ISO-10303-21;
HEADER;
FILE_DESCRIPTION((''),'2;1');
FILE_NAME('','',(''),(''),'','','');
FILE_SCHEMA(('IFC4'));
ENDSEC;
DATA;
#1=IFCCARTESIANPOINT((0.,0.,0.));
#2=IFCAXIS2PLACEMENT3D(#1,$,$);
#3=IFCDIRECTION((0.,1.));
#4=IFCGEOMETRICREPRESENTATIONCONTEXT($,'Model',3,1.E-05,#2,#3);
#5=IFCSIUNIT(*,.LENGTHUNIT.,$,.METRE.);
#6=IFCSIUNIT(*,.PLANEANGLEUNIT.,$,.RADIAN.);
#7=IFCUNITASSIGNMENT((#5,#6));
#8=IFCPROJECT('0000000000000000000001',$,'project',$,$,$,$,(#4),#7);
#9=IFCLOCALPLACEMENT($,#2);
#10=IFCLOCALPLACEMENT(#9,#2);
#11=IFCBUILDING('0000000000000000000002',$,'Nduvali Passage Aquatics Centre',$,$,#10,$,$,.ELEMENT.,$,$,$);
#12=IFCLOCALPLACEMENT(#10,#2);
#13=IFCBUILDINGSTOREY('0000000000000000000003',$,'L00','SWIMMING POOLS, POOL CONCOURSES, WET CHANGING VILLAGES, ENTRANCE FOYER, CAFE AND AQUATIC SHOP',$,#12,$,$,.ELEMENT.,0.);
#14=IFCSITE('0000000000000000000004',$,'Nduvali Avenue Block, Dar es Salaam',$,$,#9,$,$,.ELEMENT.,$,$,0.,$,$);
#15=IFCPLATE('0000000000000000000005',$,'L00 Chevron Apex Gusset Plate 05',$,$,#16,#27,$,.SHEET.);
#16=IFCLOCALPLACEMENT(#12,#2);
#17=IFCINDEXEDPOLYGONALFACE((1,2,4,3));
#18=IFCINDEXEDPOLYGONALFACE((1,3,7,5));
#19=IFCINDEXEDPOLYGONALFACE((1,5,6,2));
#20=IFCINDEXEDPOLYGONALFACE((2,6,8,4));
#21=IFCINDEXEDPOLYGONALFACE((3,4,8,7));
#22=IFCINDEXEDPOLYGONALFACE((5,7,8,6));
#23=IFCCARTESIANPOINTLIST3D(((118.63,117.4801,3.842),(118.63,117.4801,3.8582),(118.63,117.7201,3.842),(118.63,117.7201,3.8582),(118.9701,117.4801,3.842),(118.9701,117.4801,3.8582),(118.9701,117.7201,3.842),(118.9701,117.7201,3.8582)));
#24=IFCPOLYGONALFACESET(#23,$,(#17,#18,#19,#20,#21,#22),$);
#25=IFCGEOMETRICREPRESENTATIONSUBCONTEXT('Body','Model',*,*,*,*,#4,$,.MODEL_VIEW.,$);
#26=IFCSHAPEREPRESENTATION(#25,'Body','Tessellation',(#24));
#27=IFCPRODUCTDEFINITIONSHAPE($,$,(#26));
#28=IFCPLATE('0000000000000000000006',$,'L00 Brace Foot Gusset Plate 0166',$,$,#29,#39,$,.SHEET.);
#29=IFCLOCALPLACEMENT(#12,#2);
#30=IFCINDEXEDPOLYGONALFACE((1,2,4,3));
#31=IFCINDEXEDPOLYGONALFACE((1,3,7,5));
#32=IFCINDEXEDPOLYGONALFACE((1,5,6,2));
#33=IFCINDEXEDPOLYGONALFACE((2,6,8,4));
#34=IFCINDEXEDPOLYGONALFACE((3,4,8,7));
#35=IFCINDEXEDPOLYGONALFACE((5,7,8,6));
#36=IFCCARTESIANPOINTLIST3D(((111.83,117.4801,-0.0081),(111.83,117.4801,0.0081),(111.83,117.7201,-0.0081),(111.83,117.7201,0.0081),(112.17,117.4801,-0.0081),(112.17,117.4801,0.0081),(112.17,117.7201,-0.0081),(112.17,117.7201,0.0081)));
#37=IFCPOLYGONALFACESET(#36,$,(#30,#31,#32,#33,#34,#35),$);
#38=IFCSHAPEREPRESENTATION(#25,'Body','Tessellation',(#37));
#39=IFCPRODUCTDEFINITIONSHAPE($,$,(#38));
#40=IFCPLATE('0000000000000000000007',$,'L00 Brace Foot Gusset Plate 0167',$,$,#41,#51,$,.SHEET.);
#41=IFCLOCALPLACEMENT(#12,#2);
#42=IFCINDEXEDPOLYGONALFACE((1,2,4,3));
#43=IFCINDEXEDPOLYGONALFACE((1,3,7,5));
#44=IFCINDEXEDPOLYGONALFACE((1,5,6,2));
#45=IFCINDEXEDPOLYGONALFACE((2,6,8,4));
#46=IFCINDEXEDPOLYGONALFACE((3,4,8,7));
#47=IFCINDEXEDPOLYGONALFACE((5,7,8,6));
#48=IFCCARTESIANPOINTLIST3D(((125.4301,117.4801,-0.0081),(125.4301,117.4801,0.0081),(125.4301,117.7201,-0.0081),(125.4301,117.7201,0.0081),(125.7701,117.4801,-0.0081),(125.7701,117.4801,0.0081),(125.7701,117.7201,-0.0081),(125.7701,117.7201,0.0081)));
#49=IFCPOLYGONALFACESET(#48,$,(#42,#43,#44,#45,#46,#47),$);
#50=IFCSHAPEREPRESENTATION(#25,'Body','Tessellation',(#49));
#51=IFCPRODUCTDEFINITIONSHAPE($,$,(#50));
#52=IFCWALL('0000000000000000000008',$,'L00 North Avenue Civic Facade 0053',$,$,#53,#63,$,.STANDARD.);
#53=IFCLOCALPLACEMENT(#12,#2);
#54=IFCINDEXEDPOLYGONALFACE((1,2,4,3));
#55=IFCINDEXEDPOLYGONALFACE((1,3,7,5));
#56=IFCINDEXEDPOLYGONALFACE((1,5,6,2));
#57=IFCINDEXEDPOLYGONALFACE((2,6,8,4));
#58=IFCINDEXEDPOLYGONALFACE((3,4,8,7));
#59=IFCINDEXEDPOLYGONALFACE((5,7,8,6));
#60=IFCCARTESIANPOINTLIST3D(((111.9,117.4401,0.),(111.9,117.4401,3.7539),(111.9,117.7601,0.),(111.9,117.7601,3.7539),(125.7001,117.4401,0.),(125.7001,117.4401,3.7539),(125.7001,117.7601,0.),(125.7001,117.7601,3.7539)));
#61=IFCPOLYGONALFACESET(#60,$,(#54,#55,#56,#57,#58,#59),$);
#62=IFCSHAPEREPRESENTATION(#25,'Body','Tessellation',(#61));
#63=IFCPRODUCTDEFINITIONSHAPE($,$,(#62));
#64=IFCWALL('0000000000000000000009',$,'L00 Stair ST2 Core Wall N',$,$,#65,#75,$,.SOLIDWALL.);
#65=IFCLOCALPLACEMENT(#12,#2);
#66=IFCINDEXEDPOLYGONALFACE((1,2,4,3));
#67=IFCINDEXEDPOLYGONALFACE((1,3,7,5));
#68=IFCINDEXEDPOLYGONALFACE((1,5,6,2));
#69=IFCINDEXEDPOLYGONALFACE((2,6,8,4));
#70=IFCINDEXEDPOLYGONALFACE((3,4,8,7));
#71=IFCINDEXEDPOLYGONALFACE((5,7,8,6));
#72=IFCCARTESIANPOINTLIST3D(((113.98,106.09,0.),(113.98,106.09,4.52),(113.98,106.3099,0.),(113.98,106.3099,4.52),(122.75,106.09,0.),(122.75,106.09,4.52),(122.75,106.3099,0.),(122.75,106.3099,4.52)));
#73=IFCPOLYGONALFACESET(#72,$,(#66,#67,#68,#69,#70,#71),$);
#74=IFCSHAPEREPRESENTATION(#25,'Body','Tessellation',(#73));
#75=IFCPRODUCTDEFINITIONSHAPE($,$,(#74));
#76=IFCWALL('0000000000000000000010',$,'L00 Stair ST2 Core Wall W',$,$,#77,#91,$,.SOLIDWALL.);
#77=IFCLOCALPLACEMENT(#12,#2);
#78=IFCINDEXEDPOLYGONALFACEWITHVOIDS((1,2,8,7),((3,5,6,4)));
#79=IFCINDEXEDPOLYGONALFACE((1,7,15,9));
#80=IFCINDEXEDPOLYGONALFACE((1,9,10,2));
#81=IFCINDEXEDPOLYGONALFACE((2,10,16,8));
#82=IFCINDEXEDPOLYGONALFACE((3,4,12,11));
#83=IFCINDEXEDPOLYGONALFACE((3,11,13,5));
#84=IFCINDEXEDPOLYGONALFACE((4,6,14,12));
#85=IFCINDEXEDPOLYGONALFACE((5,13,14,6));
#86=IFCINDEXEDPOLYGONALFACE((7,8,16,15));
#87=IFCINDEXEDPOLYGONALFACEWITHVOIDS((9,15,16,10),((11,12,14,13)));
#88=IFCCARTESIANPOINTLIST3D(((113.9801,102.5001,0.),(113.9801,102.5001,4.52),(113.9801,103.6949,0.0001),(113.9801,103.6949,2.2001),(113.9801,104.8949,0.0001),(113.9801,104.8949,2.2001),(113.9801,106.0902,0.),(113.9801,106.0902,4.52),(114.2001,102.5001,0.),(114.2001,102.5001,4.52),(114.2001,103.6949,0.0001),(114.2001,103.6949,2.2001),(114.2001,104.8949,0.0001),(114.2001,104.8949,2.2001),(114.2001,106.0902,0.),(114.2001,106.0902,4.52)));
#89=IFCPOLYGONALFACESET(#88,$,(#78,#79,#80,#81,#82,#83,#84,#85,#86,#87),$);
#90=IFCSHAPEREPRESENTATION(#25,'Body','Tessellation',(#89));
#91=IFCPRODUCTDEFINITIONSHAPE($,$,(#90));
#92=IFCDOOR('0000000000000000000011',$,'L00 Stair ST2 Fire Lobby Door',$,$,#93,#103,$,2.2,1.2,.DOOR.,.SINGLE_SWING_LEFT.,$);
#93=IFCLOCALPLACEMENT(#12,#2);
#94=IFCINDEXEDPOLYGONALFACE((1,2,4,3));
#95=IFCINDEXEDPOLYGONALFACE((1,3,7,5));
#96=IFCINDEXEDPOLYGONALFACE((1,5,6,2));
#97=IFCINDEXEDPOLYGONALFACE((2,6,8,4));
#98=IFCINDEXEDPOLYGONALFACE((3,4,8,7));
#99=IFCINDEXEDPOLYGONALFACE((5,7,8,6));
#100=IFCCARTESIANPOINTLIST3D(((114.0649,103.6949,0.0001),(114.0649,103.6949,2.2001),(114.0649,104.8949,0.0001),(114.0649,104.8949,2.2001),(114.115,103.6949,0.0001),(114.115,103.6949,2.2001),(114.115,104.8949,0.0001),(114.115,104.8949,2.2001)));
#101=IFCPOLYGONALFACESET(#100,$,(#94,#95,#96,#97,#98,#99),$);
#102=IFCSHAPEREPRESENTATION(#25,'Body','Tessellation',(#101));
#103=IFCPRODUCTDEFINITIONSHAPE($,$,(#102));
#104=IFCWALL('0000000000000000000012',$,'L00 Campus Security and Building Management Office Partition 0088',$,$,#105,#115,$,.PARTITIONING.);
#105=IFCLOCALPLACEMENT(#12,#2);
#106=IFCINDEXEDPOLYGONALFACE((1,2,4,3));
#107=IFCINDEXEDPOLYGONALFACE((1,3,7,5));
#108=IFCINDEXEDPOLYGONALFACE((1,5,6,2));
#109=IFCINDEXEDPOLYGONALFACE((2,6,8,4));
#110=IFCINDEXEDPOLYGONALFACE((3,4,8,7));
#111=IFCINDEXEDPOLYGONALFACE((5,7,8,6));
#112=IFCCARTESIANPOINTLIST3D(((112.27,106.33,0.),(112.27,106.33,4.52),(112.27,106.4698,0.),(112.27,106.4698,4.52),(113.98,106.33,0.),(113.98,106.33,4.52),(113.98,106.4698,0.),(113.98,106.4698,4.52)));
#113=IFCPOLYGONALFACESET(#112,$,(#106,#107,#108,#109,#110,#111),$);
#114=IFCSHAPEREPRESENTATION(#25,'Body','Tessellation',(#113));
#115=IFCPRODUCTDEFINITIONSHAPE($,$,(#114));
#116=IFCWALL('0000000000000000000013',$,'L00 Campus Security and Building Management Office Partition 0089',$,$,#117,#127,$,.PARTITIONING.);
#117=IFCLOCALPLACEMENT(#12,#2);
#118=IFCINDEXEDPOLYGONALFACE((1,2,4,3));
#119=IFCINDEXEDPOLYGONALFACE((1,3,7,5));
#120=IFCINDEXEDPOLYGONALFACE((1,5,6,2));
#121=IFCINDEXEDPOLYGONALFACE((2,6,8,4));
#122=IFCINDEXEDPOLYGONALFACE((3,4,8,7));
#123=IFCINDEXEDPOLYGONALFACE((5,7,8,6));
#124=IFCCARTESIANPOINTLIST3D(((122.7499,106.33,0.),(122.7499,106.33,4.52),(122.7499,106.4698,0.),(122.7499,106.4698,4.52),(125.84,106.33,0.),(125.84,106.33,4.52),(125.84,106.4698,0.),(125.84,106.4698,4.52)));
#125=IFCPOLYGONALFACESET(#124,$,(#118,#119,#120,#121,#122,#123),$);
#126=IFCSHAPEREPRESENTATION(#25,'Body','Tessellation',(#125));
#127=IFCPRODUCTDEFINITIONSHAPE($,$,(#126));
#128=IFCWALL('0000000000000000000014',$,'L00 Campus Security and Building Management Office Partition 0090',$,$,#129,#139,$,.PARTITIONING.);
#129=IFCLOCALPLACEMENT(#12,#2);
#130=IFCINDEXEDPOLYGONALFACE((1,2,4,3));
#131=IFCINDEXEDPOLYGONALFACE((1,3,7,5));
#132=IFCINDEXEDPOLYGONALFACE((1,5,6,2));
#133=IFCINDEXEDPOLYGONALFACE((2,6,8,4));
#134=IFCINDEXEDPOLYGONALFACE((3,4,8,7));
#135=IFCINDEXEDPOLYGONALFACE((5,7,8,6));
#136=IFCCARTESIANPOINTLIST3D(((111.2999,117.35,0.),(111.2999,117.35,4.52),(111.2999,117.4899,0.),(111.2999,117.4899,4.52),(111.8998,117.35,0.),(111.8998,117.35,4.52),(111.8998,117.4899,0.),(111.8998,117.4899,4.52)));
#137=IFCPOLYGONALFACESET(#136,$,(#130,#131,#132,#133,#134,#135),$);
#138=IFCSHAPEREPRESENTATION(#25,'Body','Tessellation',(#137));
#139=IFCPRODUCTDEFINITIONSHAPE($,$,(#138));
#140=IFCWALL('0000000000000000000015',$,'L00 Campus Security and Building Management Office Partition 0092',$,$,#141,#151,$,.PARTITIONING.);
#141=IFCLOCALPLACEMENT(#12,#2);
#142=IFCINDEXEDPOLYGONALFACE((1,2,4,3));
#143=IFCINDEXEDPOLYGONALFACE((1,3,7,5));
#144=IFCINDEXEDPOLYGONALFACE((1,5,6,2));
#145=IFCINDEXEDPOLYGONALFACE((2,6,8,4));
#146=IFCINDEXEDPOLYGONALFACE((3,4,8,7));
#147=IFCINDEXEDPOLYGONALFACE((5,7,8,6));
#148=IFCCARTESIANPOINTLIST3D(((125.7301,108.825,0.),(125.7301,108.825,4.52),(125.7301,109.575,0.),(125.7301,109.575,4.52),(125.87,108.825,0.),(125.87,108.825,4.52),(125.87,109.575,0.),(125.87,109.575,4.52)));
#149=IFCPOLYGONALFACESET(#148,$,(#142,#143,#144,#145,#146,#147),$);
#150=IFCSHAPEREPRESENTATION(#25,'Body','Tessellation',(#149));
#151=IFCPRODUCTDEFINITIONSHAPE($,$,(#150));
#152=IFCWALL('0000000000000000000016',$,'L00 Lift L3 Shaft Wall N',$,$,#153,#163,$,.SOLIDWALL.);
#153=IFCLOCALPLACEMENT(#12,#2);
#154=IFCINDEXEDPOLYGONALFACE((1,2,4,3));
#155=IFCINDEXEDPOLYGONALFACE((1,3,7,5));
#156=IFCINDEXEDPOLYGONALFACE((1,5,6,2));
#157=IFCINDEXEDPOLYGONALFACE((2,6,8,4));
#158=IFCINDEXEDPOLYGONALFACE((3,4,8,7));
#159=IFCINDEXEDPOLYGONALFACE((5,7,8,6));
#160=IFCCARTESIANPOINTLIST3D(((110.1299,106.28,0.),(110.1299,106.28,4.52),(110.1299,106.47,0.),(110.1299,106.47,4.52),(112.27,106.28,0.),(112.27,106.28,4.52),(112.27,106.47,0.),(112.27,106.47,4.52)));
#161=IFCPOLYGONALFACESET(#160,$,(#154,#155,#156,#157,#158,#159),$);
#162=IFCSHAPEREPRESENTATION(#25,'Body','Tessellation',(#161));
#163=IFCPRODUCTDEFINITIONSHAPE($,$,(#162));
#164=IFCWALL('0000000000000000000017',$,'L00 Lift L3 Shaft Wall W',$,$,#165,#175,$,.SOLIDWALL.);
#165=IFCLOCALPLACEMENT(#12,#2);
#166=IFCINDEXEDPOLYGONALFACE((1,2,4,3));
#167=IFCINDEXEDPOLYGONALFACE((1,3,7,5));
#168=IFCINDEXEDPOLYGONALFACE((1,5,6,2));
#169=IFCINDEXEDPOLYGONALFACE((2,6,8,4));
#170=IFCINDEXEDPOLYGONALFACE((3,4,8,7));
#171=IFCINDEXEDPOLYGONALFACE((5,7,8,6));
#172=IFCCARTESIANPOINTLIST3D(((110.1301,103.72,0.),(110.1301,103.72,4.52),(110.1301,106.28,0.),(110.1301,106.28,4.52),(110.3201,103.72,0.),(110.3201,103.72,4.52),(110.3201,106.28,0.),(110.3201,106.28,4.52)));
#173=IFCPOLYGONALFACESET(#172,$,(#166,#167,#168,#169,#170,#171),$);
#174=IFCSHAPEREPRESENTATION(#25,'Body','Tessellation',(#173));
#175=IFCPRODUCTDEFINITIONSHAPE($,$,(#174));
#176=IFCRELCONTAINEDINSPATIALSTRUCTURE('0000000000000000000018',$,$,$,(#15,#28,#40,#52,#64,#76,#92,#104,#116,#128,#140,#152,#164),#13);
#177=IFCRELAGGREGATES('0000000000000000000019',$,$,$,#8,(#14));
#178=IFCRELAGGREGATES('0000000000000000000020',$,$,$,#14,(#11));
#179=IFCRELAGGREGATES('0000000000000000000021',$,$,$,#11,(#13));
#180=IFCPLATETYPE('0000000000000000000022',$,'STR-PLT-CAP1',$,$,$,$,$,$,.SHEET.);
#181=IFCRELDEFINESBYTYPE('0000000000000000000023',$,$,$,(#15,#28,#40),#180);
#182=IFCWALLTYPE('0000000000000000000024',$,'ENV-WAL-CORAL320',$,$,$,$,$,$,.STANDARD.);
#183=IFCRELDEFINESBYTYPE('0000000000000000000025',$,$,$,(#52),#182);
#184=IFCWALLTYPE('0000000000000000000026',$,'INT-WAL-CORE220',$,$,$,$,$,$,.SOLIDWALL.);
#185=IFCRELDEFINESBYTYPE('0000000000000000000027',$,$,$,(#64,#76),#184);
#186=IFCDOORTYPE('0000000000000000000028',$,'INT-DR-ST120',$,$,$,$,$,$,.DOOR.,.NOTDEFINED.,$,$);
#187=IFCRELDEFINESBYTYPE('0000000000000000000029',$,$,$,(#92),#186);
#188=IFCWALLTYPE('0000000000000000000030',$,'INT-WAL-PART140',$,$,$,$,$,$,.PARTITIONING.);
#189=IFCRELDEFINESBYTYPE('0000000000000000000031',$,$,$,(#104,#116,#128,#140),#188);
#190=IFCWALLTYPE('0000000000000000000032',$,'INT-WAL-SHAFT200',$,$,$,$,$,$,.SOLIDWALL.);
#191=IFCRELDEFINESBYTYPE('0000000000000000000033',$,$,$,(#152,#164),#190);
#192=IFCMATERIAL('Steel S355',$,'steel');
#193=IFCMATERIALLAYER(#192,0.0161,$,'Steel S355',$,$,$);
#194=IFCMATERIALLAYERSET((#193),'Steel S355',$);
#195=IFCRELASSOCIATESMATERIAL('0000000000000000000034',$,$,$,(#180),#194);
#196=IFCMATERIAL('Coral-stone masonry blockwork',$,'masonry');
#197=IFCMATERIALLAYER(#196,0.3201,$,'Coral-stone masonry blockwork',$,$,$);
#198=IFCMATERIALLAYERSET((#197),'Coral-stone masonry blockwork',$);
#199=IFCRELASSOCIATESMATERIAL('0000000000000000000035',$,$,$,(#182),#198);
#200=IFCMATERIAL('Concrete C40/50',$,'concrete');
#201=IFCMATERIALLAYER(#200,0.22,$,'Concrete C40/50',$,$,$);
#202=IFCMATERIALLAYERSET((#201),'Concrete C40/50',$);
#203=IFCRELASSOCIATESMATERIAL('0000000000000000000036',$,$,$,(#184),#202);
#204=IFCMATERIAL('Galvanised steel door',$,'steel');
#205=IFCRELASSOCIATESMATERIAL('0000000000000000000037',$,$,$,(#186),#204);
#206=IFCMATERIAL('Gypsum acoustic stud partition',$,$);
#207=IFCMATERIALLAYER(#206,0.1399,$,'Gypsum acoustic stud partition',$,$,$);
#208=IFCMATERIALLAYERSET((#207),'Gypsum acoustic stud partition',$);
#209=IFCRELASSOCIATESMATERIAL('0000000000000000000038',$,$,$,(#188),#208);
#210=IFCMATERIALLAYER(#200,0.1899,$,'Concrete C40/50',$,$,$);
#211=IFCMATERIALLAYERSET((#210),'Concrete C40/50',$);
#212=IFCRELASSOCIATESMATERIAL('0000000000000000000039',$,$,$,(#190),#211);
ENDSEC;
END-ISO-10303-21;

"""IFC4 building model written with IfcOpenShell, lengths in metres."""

from ifc_helpers import new_model, si_unit, direction, frame, frame_2d, origin, origin_2d, place, context, subcontext, project, spatial, rectangle, extrude, material, layer, layer_set, type_object, element, fill, save


model = new_model("IFC4")

# Units and contexts
model_context = context("Model", 3, precision=1e-05, world=origin(), true_north=direction((0.0, 1.0)))
body_context = subcontext(model_context, "Body", "Model", "MODEL_VIEW")
ifc_project = project(units=[si_unit("LENGTHUNIT", "METRE"), si_unit("PLANEANGLEUNIT", "RADIAN")], contexts=[model_context])

# Site, building, storey
site_placement = place(None, origin())
site = spatial("IfcSite", under=ifc_project, at=site_placement, Name="Nduvali Avenue Block, Dar es Salaam", CompositionType="ELEMENT", RefElevation=0.0)
building_placement = place(site_placement, origin())
building = spatial("IfcBuilding", under=site, at=building_placement, Name="Nduvali Passage Aquatics Centre", CompositionType="ELEMENT")
storey_placement = place(building_placement, origin())
storey = spatial("IfcBuildingStorey", under=building, at=storey_placement, Name="L00", Description="SWIMMING POOLS, POOL CONCOURSES, WET CHANGING VILLAGES, ENTRANCE FOYER, CAFE AND AQUATIC SHOP", CompositionType="ELEMENT", Elevation=0.0)

# Shared definitions
ifc_material_1 = material(Name="Concrete C40/50", Category="concrete")

# Shared definitions
ifc_material_2 = material(Name="Steel S355", Category="steel")

# Plates
ifc_layer_1 = layer(ifc_material_2, 0.0161, Name="Steel S355")
ifc_layer_set_1 = layer_set([ifc_layer_1], Name="Steel S355")
plate_type = type_object("IfcPlateType", Name="STR-PLT-CAP1", PredefinedType="SHEET", material=ifc_layer_set_1)
for number, where, z_axis, x_axis, name in (
    (1, (118.8, 117.6001, 3.842), (0.0, 0.0, 1.0), (1.0, 0.0, 0.0), "L00 Chevron Apex Gusset Plate 05"),
    (2, (112.0, 117.6001, -0.0081), (0.0, 0.0, 1.0), (1.0, 0.0, 0.0), "L00 Brace Foot Gusset Plate 0166"),
    (3, (125.6001, 117.6001, -0.0081), (0.0, 0.0, 1.0), (1.0, 0.0, 0.0), "L00 Brace Foot Gusset Plate 0167"),
):
    element("IfcPlate", number, at=place(storey_placement, frame(where, z_axis=z_axis, x_axis=x_axis)), inside=storey, type_object=plate_type, Name=name, PredefinedType="SHEET", context=body_context, shape_type="SweptSolid", body=[
        extrude(rectangle(XDim=0.3401, YDim=0.24, at=origin_2d()), origin(), (0.0, 0.0, 1.0), 0.0161),
    ])

# Shared definitions
ifc_material_3 = material(Name="Coral-stone masonry blockwork", Category="masonry")
ifc_layer_2 = layer(ifc_material_3, 0.3201, Name="Coral-stone masonry blockwork")
ifc_layer_set_2 = layer_set([ifc_layer_2], Name="Coral-stone masonry blockwork")
wall_type_1 = type_object("IfcWallType", Name="ENV-WAL-CORAL320", PredefinedType="STANDARD", material=ifc_layer_set_2)

# Wall
wall_1_placement = place(storey_placement, frame((125.7, 117.6001, 0.0), z_axis=(0.0, 0.0, 1.0), x_axis=(-1.0, 0.0, 0.0)))
element("IfcWall", 4, at=wall_1_placement, inside=storey, type_object=wall_type_1, Name="L00 North Avenue Civic Facade 0053", PredefinedType="STANDARD", context=body_context, shape_type="SweptSolid", body=[
    extrude(rectangle(XDim=13.8, YDim=0.3201, at=frame_2d((6.8999, 0.0))), origin(), (0.0, 0.0, 1.0), 3.7539),
])

# Wall
ifc_layer_3 = layer(ifc_material_1, 0.22, Name="Concrete C40/50")
ifc_layer_set_3 = layer_set([ifc_layer_3], Name="Concrete C40/50")
wall_type_2 = type_object("IfcWallType", Name="INT-WAL-CORE220", PredefinedType="SOLIDWALL", material=ifc_layer_set_3)
wall_2_placement = place(storey_placement, frame((122.75, 106.2, 0.0), z_axis=(0.0, 0.0, 1.0), x_axis=(-1.0, 0.0, 0.0)))
element("IfcWall", 5, at=wall_2_placement, inside=storey, type_object=wall_type_2, Name="L00 Stair ST2 Core Wall N", PredefinedType="SOLIDWALL", context=body_context, shape_type="SweptSolid", body=[
    extrude(rectangle(XDim=8.77, YDim=0.22, at=frame_2d((4.385, 0.0))), origin(), (0.0, 0.0, 1.0), 4.52),
])

# Wall, opening, door
wall_3_placement = place(storey_placement, frame((114.0901, 106.0901, 0.0), z_axis=(0.0, 0.0, 1.0), x_axis=(0.0, -1.0, 0.0)))
wall_3 = element("IfcWall", 6, at=wall_3_placement, inside=storey, type_object=wall_type_2, Name="L00 Stair ST2 Core Wall W", PredefinedType="SOLIDWALL", context=body_context, shape_type="SweptSolid", body=[
    extrude(rectangle(XDim=3.5901, YDim=0.22, at=frame_2d((1.7949, 0.0))), origin(), (0.0, 0.0, 1.0), 4.52),
])
opening_1_placement = place(wall_3_placement, frame((1.1951, 0.0, 0.0)))
opening_1 = element("IfcOpeningElement", 7, at=opening_1_placement, cuts=wall_3, PredefinedType="OPENING", context=body_context, shape_type="SweptSolid", body=[
    extrude(rectangle(XDim=1.2, YDim=2.2, at=frame_2d((0.6001, 1.1001))), frame((0.0, 0.125, 0.0), z_axis=(0.0, -1.0, 0.0), x_axis=(1.0, 0.0, 0.0)), (0.0, 0.0, 1.0), 0.2498),
])
ifc_material_4 = material(Name="Galvanised steel door", Category="steel")
door_type_1 = type_object("IfcDoorType", Name="INT-DR-ST120", OperationType="NOTDEFINED", PredefinedType="DOOR", material=ifc_material_4)
door_1_placement = place(opening_1_placement, origin())
door_1 = element("IfcDoor", 8, at=door_1_placement, inside=storey, type_object=door_type_1, Name="L00 Stair ST2 Fire Lobby Door", OperationType="SINGLE_SWING_LEFT", OverallHeight=2.2, OverallWidth=1.2, PredefinedType="DOOR", context=body_context, shape_type="SweptSolid", body=[
    extrude(rectangle(XDim=1.2, YDim=2.2, at=frame_2d((0.6001, 1.1001))), frame((0.0, 0.0249, 0.0), z_axis=(0.0, -1.0, 0.0), x_axis=(1.0, 0.0, 0.0)), (0.0, 0.0, 1.0), 0.05),
])
fill(opening_1, door_1)

# Walls
ifc_material_5 = material(Name="Gypsum acoustic stud partition")
ifc_layer_4 = layer(ifc_material_5, 0.1399, Name="Gypsum acoustic stud partition")
ifc_layer_set_4 = layer_set([ifc_layer_4], Name="Gypsum acoustic stud partition")
wall_type_3 = type_object("IfcWallType", Name="INT-WAL-PART140", PredefinedType="PARTITIONING", material=ifc_layer_set_4)
wall_4_placement = place(storey_placement, frame((112.27, 106.3999, 0.0), z_axis=(0.0, 0.0, 1.0), x_axis=(1.0, 0.0, 0.0)))
element("IfcWall", 9, at=wall_4_placement, inside=storey, type_object=wall_type_3, Name="L00 Campus Security and Building Management Office Partition 0088", PredefinedType="PARTITIONING", context=body_context, shape_type="SweptSolid", body=[
    extrude(rectangle(XDim=1.71, YDim=0.1399, at=frame_2d((0.855, 0.0))), origin(), (0.0, 0.0, 1.0), 4.52),
])
wall_5_placement = place(storey_placement, frame((122.75, 106.3999, 0.0), z_axis=(0.0, 0.0, 1.0), x_axis=(1.0, 0.0, 0.0)))
element("IfcWall", 10, at=wall_5_placement, inside=storey, type_object=wall_type_3, Name="L00 Campus Security and Building Management Office Partition 0089", PredefinedType="PARTITIONING", context=body_context, shape_type="SweptSolid", body=[
    extrude(rectangle(XDim=3.0901, YDim=0.1399, at=frame_2d((1.5449, 0.0))), origin(), (0.0, 0.0, 1.0), 4.52),
])
wall_6_placement = place(storey_placement, frame((111.3, 117.4199, 0.0), z_axis=(0.0, 0.0, 1.0), x_axis=(1.0, 0.0, 0.0)))
element("IfcWall", 11, at=wall_6_placement, inside=storey, type_object=wall_type_3, Name="L00 Campus Security and Building Management Office Partition 0090", PredefinedType="PARTITIONING", context=body_context, shape_type="SweptSolid", body=[
    extrude(rectangle(XDim=0.5999, YDim=0.1399, at=frame_2d((0.2998, 0.0))), origin(), (0.0, 0.0, 1.0), 4.52),
])
wall_7_placement = place(storey_placement, frame((125.8, 108.825, 0.0), z_axis=(0.0, 0.0, 1.0), x_axis=(0.0, 1.0, 0.0)))
element("IfcWall", 12, at=wall_7_placement, inside=storey, type_object=wall_type_3, Name="L00 Campus Security and Building Management Office Partition 0092", PredefinedType="PARTITIONING", context=body_context, shape_type="SweptSolid", body=[
    extrude(rectangle(XDim=0.75, YDim=0.1399, at=frame_2d((0.375, 0.0))), origin(), (0.0, 0.0, 1.0), 4.52),
])
ifc_layer_5 = layer(ifc_material_1, 0.1899, Name="Concrete C40/50")
ifc_layer_set_5 = layer_set([ifc_layer_5], Name="Concrete C40/50")
wall_type_4 = type_object("IfcWallType", Name="INT-WAL-SHAFT200", PredefinedType="SOLIDWALL", material=ifc_layer_set_5)
wall_8_placement = place(storey_placement, frame((112.27, 106.375, 0.0), z_axis=(0.0, 0.0, 1.0), x_axis=(-1.0, 0.0, 0.0)))
element("IfcWall", 13, at=wall_8_placement, inside=storey, type_object=wall_type_4, Name="L00 Lift L3 Shaft Wall N", PredefinedType="SOLIDWALL", context=body_context, shape_type="SweptSolid", body=[
    extrude(rectangle(XDim=2.1401, YDim=0.1899, at=frame_2d((1.0701, 0.0))), origin(), (0.0, 0.0, 1.0), 4.52),
])
wall_9_placement = place(storey_placement, frame((110.2251, 106.28, 0.0), z_axis=(0.0, 0.0, 1.0), x_axis=(0.0, -1.0, 0.0)))
element("IfcWall", 14, at=wall_9_placement, inside=storey, type_object=wall_type_4, Name="L00 Lift L3 Shaft Wall W", PredefinedType="SOLIDWALL", context=body_context, shape_type="SweptSolid", body=[
    extrude(rectangle(XDim=2.5601, YDim=0.1899, at=frame_2d((1.28, 0.0))), origin(), (0.0, 0.0, 1.0), 4.52),
])

save(model, "model.ifc")
